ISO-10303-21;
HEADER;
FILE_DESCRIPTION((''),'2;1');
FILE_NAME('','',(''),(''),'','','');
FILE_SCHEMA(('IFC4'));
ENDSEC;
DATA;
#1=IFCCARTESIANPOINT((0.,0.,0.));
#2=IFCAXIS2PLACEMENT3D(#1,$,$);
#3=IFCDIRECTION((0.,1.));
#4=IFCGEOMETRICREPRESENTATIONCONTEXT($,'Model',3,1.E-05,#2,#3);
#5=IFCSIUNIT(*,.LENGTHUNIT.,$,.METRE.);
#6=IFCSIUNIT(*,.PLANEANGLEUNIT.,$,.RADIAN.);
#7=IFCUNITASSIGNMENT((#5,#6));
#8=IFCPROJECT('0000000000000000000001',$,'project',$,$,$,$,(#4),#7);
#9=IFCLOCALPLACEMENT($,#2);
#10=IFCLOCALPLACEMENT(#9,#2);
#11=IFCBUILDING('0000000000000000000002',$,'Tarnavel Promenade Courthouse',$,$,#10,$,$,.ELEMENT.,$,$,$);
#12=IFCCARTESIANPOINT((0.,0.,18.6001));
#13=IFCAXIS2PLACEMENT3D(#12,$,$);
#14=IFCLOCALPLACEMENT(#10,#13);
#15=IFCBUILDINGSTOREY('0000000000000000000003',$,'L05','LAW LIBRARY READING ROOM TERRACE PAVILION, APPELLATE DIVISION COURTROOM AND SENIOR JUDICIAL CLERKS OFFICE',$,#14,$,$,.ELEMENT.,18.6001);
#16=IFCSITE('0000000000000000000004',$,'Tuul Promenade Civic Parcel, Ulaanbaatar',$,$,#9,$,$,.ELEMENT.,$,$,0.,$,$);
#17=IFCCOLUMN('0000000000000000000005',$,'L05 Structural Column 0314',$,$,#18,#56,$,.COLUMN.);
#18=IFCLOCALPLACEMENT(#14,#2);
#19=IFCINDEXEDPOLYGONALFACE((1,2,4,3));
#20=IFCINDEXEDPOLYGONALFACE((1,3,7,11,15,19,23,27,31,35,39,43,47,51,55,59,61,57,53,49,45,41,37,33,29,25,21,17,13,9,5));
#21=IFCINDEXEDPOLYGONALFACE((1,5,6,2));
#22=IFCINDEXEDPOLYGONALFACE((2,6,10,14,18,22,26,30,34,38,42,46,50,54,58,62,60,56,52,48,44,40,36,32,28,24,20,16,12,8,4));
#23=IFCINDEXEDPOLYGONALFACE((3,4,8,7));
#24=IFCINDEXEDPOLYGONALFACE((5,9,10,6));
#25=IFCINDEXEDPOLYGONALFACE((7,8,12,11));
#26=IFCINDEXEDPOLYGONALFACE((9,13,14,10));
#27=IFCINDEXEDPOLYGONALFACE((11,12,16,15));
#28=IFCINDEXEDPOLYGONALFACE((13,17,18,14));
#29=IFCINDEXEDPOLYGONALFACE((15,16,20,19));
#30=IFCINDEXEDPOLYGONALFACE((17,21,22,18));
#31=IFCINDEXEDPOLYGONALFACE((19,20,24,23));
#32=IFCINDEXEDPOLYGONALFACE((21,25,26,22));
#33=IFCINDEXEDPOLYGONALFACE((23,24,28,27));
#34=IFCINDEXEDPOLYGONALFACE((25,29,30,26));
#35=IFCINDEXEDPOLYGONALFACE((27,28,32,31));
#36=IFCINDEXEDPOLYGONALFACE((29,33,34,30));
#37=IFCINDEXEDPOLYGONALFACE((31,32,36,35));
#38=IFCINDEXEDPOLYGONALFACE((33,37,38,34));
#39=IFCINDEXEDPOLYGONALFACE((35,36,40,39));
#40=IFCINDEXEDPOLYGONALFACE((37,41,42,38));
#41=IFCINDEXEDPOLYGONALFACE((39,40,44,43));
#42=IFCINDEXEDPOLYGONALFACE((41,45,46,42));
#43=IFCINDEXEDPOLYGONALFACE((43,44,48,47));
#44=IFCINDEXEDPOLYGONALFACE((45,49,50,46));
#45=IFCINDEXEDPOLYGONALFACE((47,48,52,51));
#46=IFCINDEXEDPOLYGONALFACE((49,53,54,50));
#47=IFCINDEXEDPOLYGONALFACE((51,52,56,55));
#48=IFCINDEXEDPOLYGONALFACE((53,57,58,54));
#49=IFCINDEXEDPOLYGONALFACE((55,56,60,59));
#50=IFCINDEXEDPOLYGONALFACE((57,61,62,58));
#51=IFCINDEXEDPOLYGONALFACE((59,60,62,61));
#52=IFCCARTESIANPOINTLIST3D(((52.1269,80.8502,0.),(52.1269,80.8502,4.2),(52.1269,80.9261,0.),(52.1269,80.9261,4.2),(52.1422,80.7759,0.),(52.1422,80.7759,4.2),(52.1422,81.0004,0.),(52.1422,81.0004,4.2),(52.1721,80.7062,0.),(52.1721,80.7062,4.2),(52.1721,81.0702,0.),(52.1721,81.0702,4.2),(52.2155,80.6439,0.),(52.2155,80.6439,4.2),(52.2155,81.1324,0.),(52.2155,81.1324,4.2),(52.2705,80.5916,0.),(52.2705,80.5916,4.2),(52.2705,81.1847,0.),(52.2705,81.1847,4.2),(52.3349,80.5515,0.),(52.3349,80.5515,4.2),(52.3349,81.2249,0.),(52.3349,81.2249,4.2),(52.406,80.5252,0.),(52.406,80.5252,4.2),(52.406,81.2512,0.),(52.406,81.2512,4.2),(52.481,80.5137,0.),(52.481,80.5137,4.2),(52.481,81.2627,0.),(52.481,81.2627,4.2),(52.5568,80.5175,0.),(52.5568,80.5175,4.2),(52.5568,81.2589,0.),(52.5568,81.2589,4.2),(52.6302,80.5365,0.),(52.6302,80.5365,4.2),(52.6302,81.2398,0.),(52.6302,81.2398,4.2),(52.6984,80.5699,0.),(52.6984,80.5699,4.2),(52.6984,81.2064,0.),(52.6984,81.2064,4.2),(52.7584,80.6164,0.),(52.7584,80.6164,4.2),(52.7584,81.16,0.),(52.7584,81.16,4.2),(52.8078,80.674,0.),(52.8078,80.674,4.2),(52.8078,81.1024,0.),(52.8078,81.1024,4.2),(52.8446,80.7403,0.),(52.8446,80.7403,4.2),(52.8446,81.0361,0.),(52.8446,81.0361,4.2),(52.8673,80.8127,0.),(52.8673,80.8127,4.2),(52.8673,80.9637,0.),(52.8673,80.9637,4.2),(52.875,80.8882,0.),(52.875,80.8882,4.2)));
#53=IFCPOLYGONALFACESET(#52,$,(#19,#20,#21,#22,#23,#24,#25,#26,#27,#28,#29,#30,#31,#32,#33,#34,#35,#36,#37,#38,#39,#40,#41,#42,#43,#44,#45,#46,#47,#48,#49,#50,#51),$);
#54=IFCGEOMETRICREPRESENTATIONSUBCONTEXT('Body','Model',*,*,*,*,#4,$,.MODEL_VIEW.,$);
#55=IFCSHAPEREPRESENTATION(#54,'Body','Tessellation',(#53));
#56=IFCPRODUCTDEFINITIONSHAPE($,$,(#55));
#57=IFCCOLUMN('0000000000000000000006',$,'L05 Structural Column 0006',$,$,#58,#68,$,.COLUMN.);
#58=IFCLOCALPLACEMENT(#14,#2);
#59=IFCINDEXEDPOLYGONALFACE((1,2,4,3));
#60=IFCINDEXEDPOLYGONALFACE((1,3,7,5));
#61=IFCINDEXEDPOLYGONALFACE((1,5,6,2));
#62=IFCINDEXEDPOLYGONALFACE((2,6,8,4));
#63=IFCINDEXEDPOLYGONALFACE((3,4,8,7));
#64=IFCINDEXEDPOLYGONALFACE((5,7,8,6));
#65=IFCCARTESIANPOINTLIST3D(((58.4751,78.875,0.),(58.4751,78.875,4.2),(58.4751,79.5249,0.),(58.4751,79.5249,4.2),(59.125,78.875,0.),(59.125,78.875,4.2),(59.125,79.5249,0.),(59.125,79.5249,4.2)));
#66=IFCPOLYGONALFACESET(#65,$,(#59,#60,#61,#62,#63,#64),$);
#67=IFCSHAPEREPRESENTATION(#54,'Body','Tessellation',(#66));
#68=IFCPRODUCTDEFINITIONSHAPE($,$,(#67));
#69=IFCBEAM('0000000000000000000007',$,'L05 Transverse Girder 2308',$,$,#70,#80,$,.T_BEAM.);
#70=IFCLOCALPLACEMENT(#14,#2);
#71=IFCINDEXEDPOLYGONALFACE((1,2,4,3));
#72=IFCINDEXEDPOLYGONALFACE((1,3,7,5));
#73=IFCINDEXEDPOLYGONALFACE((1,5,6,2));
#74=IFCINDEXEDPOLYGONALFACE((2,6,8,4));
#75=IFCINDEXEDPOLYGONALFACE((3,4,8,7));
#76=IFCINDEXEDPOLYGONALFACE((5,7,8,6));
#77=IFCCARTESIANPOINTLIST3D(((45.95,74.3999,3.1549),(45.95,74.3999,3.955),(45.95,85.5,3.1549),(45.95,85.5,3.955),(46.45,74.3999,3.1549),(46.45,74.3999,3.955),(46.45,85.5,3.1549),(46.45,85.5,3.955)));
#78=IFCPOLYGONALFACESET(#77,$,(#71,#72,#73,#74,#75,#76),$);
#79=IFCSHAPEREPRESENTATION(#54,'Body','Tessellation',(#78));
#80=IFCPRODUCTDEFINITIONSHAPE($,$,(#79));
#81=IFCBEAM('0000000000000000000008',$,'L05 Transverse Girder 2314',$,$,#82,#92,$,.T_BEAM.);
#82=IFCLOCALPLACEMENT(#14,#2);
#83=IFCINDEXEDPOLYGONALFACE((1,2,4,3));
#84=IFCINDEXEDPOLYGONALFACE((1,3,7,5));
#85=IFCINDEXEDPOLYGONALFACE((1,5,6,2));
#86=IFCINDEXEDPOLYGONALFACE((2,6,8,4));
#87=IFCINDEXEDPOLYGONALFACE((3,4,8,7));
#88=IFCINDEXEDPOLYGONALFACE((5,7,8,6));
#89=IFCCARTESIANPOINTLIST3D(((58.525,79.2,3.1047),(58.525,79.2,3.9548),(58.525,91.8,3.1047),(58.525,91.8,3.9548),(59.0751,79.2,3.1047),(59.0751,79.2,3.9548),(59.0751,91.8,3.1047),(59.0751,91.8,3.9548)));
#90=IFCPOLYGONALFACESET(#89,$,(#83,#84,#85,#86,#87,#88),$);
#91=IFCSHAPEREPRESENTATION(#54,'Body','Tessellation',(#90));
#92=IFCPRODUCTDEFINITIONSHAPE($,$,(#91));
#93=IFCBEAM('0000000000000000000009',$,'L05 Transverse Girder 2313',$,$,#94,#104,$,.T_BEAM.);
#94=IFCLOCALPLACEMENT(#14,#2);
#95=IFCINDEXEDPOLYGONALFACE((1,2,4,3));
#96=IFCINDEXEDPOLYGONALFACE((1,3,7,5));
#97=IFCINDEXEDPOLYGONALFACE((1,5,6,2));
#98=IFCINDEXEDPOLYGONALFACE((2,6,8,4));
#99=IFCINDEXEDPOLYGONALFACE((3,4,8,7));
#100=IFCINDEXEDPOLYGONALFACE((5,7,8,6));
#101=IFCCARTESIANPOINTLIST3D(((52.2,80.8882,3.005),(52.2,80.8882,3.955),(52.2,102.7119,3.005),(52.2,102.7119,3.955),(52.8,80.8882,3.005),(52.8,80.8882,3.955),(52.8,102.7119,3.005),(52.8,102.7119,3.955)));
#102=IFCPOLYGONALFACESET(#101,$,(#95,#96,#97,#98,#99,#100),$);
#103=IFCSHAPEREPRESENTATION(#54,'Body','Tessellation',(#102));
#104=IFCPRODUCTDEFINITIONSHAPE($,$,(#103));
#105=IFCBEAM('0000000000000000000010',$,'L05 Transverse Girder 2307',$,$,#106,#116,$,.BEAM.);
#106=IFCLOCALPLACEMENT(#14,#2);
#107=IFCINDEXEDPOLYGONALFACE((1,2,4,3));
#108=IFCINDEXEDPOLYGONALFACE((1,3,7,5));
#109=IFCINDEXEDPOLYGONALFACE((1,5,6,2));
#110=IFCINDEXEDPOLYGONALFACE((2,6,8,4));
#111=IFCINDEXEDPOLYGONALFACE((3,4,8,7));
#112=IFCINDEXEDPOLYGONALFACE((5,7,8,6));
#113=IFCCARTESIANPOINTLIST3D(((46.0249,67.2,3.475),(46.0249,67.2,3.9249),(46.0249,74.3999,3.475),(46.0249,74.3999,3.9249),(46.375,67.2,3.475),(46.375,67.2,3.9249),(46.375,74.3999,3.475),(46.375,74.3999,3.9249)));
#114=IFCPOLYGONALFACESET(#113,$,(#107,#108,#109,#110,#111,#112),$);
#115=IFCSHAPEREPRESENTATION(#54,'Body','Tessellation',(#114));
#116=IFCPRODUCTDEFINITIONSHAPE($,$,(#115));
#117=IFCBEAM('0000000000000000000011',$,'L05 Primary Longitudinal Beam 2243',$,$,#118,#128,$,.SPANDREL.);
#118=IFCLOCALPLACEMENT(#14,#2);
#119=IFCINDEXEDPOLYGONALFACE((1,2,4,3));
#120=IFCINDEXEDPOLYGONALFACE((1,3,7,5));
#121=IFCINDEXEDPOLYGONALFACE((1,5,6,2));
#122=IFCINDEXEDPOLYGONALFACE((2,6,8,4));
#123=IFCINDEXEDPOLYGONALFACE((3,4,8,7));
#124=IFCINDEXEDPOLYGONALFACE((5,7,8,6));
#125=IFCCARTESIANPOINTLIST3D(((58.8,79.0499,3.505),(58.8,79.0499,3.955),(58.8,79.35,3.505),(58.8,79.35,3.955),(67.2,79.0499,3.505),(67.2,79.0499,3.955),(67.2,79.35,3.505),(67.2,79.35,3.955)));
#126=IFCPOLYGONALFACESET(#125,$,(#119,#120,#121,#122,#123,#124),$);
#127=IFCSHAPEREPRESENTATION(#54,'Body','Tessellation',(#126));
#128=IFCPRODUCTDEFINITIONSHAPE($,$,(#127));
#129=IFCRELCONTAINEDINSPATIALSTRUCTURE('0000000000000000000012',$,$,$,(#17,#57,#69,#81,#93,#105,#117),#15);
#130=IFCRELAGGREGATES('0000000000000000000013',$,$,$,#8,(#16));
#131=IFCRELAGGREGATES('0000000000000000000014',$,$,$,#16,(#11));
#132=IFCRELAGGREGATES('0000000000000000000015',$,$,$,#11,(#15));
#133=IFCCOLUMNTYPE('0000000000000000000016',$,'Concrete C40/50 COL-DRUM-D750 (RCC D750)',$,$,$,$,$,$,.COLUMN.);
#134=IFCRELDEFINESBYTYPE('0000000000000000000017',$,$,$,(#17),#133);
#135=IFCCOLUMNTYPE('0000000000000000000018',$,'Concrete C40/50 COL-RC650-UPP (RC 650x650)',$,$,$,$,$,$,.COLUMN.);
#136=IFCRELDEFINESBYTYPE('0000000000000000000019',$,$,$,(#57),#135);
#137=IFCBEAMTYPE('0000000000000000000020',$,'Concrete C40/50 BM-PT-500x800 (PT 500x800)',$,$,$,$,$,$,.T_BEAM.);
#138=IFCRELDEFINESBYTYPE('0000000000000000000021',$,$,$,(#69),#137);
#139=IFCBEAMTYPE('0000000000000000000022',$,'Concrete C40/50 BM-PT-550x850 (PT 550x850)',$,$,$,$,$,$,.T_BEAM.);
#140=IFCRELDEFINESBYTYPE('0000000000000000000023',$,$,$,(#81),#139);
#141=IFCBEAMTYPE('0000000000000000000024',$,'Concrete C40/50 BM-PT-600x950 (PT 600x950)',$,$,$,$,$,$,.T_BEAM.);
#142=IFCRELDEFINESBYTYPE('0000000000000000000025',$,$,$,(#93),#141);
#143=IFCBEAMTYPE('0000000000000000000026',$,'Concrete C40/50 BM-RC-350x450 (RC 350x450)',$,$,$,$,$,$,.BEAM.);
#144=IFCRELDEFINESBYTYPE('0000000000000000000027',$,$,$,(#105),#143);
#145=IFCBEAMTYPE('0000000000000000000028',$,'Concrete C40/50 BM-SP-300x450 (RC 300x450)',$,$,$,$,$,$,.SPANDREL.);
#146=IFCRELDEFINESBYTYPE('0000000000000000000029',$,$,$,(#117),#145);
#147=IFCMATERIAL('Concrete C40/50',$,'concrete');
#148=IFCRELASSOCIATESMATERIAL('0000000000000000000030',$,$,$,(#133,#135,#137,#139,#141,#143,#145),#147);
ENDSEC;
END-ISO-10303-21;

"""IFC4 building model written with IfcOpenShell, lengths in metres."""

from ifc_helpers import new_model, si_unit, direction, frame, origin, origin_2d, place, context, subcontext, project, spatial, rectangle, circle, extrude, material, material_profile, profile_set, type_object, element, save


model = new_model("IFC4")

# Units and contexts
model_context = context("Model", 3, precision=1e-05, world=origin(), true_north=direction((0.0, 1.0)))
body_context = subcontext(model_context, "Body", "Model", "MODEL_VIEW")
ifc_project = project(units=[si_unit("LENGTHUNIT", "METRE"), si_unit("PLANEANGLEUNIT", "RADIAN")], contexts=[model_context])

# Site, building, storey
site_placement = place(None, origin())
site = spatial("IfcSite", under=ifc_project, at=site_placement, Name="Tuul Promenade Civic Parcel, Ulaanbaatar", CompositionType="ELEMENT", RefElevation=0.0)
building_placement = place(site_placement, origin())
building = spatial("IfcBuilding", under=site, at=building_placement, Name="Tarnavel Promenade Courthouse", CompositionType="ELEMENT")
storey_placement = place(building_placement, frame((0.0, 0.0, 18.6001)))
storey = spatial("IfcBuildingStorey", under=building, at=storey_placement, Name="L05", Description="LAW LIBRARY READING ROOM TERRACE PAVILION, APPELLATE DIVISION COURTROOM AND SENIOR JUDICIAL CLERKS OFFICE", CompositionType="ELEMENT", Elevation=18.6001)

# Columns
ifc_material_1 = material(Name="Concrete C40/50", Category="concrete")
ifc_material_profile_1 = material_profile(ifc_material_1, circle(Radius=0.375, at=origin_2d()), Name="RCC D750")
ifc_profile_set_1 = profile_set([ifc_material_profile_1], Name="Concrete C40/50")
column_type_1 = type_object("IfcColumnType", Name="Concrete C40/50 COL-DRUM-D750 (RCC D750)", PredefinedType="COLUMN", material=ifc_profile_set_1)
column_1_placement = place(storey_placement, frame((52.5, 80.8882, 0.0), z_axis=(0.0, 0.0, 1.0), x_axis=(1.0, 0.0, 0.0)))
element("IfcColumn", 1, at=column_1_placement, inside=storey, type_object=column_type_1, Name="L05 Structural Column 0314", PredefinedType="COLUMN", context=body_context, shape_type="SweptSolid", body=[
    extrude(circle(Radius=0.375, at=origin_2d()), origin(), (0.0, 0.0, 1.0), 4.2),
])
ifc_material_profile_2 = material_profile(ifc_material_1, rectangle(XDim=0.6499, YDim=0.6499, at=origin_2d()), Name="RC 650x650")
ifc_profile_set_2 = profile_set([ifc_material_profile_2], Name="Concrete C40/50")
column_type_2 = type_object("IfcColumnType", Name="Concrete C40/50 COL-RC650-UPP (RC 650x650)", PredefinedType="COLUMN", material=ifc_profile_set_2)
column_2_placement = place(storey_placement, frame((58.8, 79.2, 0.0), z_axis=(0.0, 0.0, 1.0), x_axis=(1.0, 0.0, 0.0)))
element("IfcColumn", 2, at=column_2_placement, inside=storey, type_object=column_type_2, Name="L05 Structural Column 0006", PredefinedType="COLUMN", context=body_context, shape_type="SweptSolid", body=[
    extrude(rectangle(XDim=0.6499, YDim=0.6499, at=origin_2d()), origin(), (0.0, 0.0, 1.0), 4.2),
])

# Beams
ifc_material_profile_3 = material_profile(ifc_material_1, rectangle(XDim=0.5, YDim=0.8, at=origin_2d()), Name="PT 500x800")
ifc_profile_set_3 = profile_set([ifc_material_profile_3], Name="Concrete C40/50")
beam_type_1 = type_object("IfcBeamType", Name="Concrete C40/50 BM-PT-500x800 (PT 500x800)", PredefinedType="T_BEAM", material=ifc_profile_set_3)
beam_1_placement = place(storey_placement, frame((46.2, 74.3999, 3.5549), z_axis=(0.0, 1.0, 0.0), x_axis=(-1.0, 0.0, 0.0)))
element("IfcBeam", 3, at=beam_1_placement, inside=storey, type_object=beam_type_1, Name="L05 Transverse Girder 2308", PredefinedType="T_BEAM", context=body_context, shape_type="SweptSolid", body=[
    extrude(rectangle(XDim=0.5, YDim=0.8, at=origin_2d()), origin(), (0.0, 0.0, 1.0), 11.1001),
])
ifc_material_profile_4 = material_profile(ifc_material_1, rectangle(XDim=0.55, YDim=0.8501, at=origin_2d()), Name="PT 550x850")
ifc_profile_set_4 = profile_set([ifc_material_profile_4], Name="Concrete C40/50")
beam_type_2 = type_object("IfcBeamType", Name="Concrete C40/50 BM-PT-550x850 (PT 550x850)", PredefinedType="T_BEAM", material=ifc_profile_set_4)
beam_2_placement = place(storey_placement, frame((58.8, 79.2, 3.5298), z_axis=(0.0, 1.0, 0.0), x_axis=(-1.0, 0.0, 0.0)))
element("IfcBeam", 4, at=beam_2_placement, inside=storey, type_object=beam_type_2, Name="L05 Transverse Girder 2314", PredefinedType="T_BEAM", context=body_context, shape_type="SweptSolid", body=[
    extrude(rectangle(XDim=0.55, YDim=0.8501, at=origin_2d()), origin(), (0.0, 0.0, 1.0), 12.6001),
])
ifc_material_profile_5 = material_profile(ifc_material_1, rectangle(XDim=0.6001, YDim=0.95, at=origin_2d()), Name="PT 600x950")
ifc_profile_set_5 = profile_set([ifc_material_profile_5], Name="Concrete C40/50")
beam_type_3 = type_object("IfcBeamType", Name="Concrete C40/50 BM-PT-600x950 (PT 600x950)", PredefinedType="T_BEAM", material=ifc_profile_set_5)
beam_3_placement = place(storey_placement, frame((52.5, 80.8882, 3.48), z_axis=(0.0, 1.0, 0.0), x_axis=(-1.0, 0.0, 0.0)))
element("IfcBeam", 5, at=beam_3_placement, inside=storey, type_object=beam_type_3, Name="L05 Transverse Girder 2313", PredefinedType="T_BEAM", context=body_context, shape_type="SweptSolid", body=[
    extrude(rectangle(XDim=0.6001, YDim=0.95, at=origin_2d()), origin(), (0.0, 0.0, 1.0), 21.8237),
])
ifc_material_profile_6 = material_profile(ifc_material_1, rectangle(XDim=0.3501, YDim=0.45, at=origin_2d()), Name="RC 350x450")
ifc_profile_set_6 = profile_set([ifc_material_profile_6], Name="Concrete C40/50")
beam_type_4 = type_object("IfcBeamType", Name="Concrete C40/50 BM-RC-350x450 (RC 350x450)", PredefinedType="BEAM", material=ifc_profile_set_6)
beam_4_placement = place(storey_placement, frame((46.2, 67.2, 3.7), z_axis=(0.0, 1.0, 0.0), x_axis=(-1.0, 0.0, 0.0)))
element("IfcBeam", 6, at=beam_4_placement, inside=storey, type_object=beam_type_4, Name="L05 Transverse Girder 2307", PredefinedType="BEAM", context=body_context, shape_type="SweptSolid", body=[
    extrude(rectangle(XDim=0.3501, YDim=0.45, at=origin_2d()), origin(), (0.0, 0.0, 1.0), 7.2),
])
ifc_material_profile_7 = material_profile(ifc_material_1, rectangle(XDim=0.3, YDim=0.45, at=origin_2d()), Name="RC 300x450")
ifc_profile_set_7 = profile_set([ifc_material_profile_7], Name="Concrete C40/50")
beam_type_5 = type_object("IfcBeamType", Name="Concrete C40/50 BM-SP-300x450 (RC 300x450)", PredefinedType="SPANDREL", material=ifc_profile_set_7)
beam_5_placement = place(storey_placement, frame((58.8, 79.2, 3.73), z_axis=(1.0, 0.0, 0.0), x_axis=(0.0, 1.0, 0.0)))
element("IfcBeam", 7, at=beam_5_placement, inside=storey, type_object=beam_type_5, Name="L05 Primary Longitudinal Beam 2243", PredefinedType="SPANDREL", context=body_context, shape_type="SweptSolid", body=[
    extrude(rectangle(XDim=0.3, YDim=0.45, at=origin_2d()), origin(), (0.0, 0.0, 1.0), 8.3999),
])

save(model, "model.ifc")
